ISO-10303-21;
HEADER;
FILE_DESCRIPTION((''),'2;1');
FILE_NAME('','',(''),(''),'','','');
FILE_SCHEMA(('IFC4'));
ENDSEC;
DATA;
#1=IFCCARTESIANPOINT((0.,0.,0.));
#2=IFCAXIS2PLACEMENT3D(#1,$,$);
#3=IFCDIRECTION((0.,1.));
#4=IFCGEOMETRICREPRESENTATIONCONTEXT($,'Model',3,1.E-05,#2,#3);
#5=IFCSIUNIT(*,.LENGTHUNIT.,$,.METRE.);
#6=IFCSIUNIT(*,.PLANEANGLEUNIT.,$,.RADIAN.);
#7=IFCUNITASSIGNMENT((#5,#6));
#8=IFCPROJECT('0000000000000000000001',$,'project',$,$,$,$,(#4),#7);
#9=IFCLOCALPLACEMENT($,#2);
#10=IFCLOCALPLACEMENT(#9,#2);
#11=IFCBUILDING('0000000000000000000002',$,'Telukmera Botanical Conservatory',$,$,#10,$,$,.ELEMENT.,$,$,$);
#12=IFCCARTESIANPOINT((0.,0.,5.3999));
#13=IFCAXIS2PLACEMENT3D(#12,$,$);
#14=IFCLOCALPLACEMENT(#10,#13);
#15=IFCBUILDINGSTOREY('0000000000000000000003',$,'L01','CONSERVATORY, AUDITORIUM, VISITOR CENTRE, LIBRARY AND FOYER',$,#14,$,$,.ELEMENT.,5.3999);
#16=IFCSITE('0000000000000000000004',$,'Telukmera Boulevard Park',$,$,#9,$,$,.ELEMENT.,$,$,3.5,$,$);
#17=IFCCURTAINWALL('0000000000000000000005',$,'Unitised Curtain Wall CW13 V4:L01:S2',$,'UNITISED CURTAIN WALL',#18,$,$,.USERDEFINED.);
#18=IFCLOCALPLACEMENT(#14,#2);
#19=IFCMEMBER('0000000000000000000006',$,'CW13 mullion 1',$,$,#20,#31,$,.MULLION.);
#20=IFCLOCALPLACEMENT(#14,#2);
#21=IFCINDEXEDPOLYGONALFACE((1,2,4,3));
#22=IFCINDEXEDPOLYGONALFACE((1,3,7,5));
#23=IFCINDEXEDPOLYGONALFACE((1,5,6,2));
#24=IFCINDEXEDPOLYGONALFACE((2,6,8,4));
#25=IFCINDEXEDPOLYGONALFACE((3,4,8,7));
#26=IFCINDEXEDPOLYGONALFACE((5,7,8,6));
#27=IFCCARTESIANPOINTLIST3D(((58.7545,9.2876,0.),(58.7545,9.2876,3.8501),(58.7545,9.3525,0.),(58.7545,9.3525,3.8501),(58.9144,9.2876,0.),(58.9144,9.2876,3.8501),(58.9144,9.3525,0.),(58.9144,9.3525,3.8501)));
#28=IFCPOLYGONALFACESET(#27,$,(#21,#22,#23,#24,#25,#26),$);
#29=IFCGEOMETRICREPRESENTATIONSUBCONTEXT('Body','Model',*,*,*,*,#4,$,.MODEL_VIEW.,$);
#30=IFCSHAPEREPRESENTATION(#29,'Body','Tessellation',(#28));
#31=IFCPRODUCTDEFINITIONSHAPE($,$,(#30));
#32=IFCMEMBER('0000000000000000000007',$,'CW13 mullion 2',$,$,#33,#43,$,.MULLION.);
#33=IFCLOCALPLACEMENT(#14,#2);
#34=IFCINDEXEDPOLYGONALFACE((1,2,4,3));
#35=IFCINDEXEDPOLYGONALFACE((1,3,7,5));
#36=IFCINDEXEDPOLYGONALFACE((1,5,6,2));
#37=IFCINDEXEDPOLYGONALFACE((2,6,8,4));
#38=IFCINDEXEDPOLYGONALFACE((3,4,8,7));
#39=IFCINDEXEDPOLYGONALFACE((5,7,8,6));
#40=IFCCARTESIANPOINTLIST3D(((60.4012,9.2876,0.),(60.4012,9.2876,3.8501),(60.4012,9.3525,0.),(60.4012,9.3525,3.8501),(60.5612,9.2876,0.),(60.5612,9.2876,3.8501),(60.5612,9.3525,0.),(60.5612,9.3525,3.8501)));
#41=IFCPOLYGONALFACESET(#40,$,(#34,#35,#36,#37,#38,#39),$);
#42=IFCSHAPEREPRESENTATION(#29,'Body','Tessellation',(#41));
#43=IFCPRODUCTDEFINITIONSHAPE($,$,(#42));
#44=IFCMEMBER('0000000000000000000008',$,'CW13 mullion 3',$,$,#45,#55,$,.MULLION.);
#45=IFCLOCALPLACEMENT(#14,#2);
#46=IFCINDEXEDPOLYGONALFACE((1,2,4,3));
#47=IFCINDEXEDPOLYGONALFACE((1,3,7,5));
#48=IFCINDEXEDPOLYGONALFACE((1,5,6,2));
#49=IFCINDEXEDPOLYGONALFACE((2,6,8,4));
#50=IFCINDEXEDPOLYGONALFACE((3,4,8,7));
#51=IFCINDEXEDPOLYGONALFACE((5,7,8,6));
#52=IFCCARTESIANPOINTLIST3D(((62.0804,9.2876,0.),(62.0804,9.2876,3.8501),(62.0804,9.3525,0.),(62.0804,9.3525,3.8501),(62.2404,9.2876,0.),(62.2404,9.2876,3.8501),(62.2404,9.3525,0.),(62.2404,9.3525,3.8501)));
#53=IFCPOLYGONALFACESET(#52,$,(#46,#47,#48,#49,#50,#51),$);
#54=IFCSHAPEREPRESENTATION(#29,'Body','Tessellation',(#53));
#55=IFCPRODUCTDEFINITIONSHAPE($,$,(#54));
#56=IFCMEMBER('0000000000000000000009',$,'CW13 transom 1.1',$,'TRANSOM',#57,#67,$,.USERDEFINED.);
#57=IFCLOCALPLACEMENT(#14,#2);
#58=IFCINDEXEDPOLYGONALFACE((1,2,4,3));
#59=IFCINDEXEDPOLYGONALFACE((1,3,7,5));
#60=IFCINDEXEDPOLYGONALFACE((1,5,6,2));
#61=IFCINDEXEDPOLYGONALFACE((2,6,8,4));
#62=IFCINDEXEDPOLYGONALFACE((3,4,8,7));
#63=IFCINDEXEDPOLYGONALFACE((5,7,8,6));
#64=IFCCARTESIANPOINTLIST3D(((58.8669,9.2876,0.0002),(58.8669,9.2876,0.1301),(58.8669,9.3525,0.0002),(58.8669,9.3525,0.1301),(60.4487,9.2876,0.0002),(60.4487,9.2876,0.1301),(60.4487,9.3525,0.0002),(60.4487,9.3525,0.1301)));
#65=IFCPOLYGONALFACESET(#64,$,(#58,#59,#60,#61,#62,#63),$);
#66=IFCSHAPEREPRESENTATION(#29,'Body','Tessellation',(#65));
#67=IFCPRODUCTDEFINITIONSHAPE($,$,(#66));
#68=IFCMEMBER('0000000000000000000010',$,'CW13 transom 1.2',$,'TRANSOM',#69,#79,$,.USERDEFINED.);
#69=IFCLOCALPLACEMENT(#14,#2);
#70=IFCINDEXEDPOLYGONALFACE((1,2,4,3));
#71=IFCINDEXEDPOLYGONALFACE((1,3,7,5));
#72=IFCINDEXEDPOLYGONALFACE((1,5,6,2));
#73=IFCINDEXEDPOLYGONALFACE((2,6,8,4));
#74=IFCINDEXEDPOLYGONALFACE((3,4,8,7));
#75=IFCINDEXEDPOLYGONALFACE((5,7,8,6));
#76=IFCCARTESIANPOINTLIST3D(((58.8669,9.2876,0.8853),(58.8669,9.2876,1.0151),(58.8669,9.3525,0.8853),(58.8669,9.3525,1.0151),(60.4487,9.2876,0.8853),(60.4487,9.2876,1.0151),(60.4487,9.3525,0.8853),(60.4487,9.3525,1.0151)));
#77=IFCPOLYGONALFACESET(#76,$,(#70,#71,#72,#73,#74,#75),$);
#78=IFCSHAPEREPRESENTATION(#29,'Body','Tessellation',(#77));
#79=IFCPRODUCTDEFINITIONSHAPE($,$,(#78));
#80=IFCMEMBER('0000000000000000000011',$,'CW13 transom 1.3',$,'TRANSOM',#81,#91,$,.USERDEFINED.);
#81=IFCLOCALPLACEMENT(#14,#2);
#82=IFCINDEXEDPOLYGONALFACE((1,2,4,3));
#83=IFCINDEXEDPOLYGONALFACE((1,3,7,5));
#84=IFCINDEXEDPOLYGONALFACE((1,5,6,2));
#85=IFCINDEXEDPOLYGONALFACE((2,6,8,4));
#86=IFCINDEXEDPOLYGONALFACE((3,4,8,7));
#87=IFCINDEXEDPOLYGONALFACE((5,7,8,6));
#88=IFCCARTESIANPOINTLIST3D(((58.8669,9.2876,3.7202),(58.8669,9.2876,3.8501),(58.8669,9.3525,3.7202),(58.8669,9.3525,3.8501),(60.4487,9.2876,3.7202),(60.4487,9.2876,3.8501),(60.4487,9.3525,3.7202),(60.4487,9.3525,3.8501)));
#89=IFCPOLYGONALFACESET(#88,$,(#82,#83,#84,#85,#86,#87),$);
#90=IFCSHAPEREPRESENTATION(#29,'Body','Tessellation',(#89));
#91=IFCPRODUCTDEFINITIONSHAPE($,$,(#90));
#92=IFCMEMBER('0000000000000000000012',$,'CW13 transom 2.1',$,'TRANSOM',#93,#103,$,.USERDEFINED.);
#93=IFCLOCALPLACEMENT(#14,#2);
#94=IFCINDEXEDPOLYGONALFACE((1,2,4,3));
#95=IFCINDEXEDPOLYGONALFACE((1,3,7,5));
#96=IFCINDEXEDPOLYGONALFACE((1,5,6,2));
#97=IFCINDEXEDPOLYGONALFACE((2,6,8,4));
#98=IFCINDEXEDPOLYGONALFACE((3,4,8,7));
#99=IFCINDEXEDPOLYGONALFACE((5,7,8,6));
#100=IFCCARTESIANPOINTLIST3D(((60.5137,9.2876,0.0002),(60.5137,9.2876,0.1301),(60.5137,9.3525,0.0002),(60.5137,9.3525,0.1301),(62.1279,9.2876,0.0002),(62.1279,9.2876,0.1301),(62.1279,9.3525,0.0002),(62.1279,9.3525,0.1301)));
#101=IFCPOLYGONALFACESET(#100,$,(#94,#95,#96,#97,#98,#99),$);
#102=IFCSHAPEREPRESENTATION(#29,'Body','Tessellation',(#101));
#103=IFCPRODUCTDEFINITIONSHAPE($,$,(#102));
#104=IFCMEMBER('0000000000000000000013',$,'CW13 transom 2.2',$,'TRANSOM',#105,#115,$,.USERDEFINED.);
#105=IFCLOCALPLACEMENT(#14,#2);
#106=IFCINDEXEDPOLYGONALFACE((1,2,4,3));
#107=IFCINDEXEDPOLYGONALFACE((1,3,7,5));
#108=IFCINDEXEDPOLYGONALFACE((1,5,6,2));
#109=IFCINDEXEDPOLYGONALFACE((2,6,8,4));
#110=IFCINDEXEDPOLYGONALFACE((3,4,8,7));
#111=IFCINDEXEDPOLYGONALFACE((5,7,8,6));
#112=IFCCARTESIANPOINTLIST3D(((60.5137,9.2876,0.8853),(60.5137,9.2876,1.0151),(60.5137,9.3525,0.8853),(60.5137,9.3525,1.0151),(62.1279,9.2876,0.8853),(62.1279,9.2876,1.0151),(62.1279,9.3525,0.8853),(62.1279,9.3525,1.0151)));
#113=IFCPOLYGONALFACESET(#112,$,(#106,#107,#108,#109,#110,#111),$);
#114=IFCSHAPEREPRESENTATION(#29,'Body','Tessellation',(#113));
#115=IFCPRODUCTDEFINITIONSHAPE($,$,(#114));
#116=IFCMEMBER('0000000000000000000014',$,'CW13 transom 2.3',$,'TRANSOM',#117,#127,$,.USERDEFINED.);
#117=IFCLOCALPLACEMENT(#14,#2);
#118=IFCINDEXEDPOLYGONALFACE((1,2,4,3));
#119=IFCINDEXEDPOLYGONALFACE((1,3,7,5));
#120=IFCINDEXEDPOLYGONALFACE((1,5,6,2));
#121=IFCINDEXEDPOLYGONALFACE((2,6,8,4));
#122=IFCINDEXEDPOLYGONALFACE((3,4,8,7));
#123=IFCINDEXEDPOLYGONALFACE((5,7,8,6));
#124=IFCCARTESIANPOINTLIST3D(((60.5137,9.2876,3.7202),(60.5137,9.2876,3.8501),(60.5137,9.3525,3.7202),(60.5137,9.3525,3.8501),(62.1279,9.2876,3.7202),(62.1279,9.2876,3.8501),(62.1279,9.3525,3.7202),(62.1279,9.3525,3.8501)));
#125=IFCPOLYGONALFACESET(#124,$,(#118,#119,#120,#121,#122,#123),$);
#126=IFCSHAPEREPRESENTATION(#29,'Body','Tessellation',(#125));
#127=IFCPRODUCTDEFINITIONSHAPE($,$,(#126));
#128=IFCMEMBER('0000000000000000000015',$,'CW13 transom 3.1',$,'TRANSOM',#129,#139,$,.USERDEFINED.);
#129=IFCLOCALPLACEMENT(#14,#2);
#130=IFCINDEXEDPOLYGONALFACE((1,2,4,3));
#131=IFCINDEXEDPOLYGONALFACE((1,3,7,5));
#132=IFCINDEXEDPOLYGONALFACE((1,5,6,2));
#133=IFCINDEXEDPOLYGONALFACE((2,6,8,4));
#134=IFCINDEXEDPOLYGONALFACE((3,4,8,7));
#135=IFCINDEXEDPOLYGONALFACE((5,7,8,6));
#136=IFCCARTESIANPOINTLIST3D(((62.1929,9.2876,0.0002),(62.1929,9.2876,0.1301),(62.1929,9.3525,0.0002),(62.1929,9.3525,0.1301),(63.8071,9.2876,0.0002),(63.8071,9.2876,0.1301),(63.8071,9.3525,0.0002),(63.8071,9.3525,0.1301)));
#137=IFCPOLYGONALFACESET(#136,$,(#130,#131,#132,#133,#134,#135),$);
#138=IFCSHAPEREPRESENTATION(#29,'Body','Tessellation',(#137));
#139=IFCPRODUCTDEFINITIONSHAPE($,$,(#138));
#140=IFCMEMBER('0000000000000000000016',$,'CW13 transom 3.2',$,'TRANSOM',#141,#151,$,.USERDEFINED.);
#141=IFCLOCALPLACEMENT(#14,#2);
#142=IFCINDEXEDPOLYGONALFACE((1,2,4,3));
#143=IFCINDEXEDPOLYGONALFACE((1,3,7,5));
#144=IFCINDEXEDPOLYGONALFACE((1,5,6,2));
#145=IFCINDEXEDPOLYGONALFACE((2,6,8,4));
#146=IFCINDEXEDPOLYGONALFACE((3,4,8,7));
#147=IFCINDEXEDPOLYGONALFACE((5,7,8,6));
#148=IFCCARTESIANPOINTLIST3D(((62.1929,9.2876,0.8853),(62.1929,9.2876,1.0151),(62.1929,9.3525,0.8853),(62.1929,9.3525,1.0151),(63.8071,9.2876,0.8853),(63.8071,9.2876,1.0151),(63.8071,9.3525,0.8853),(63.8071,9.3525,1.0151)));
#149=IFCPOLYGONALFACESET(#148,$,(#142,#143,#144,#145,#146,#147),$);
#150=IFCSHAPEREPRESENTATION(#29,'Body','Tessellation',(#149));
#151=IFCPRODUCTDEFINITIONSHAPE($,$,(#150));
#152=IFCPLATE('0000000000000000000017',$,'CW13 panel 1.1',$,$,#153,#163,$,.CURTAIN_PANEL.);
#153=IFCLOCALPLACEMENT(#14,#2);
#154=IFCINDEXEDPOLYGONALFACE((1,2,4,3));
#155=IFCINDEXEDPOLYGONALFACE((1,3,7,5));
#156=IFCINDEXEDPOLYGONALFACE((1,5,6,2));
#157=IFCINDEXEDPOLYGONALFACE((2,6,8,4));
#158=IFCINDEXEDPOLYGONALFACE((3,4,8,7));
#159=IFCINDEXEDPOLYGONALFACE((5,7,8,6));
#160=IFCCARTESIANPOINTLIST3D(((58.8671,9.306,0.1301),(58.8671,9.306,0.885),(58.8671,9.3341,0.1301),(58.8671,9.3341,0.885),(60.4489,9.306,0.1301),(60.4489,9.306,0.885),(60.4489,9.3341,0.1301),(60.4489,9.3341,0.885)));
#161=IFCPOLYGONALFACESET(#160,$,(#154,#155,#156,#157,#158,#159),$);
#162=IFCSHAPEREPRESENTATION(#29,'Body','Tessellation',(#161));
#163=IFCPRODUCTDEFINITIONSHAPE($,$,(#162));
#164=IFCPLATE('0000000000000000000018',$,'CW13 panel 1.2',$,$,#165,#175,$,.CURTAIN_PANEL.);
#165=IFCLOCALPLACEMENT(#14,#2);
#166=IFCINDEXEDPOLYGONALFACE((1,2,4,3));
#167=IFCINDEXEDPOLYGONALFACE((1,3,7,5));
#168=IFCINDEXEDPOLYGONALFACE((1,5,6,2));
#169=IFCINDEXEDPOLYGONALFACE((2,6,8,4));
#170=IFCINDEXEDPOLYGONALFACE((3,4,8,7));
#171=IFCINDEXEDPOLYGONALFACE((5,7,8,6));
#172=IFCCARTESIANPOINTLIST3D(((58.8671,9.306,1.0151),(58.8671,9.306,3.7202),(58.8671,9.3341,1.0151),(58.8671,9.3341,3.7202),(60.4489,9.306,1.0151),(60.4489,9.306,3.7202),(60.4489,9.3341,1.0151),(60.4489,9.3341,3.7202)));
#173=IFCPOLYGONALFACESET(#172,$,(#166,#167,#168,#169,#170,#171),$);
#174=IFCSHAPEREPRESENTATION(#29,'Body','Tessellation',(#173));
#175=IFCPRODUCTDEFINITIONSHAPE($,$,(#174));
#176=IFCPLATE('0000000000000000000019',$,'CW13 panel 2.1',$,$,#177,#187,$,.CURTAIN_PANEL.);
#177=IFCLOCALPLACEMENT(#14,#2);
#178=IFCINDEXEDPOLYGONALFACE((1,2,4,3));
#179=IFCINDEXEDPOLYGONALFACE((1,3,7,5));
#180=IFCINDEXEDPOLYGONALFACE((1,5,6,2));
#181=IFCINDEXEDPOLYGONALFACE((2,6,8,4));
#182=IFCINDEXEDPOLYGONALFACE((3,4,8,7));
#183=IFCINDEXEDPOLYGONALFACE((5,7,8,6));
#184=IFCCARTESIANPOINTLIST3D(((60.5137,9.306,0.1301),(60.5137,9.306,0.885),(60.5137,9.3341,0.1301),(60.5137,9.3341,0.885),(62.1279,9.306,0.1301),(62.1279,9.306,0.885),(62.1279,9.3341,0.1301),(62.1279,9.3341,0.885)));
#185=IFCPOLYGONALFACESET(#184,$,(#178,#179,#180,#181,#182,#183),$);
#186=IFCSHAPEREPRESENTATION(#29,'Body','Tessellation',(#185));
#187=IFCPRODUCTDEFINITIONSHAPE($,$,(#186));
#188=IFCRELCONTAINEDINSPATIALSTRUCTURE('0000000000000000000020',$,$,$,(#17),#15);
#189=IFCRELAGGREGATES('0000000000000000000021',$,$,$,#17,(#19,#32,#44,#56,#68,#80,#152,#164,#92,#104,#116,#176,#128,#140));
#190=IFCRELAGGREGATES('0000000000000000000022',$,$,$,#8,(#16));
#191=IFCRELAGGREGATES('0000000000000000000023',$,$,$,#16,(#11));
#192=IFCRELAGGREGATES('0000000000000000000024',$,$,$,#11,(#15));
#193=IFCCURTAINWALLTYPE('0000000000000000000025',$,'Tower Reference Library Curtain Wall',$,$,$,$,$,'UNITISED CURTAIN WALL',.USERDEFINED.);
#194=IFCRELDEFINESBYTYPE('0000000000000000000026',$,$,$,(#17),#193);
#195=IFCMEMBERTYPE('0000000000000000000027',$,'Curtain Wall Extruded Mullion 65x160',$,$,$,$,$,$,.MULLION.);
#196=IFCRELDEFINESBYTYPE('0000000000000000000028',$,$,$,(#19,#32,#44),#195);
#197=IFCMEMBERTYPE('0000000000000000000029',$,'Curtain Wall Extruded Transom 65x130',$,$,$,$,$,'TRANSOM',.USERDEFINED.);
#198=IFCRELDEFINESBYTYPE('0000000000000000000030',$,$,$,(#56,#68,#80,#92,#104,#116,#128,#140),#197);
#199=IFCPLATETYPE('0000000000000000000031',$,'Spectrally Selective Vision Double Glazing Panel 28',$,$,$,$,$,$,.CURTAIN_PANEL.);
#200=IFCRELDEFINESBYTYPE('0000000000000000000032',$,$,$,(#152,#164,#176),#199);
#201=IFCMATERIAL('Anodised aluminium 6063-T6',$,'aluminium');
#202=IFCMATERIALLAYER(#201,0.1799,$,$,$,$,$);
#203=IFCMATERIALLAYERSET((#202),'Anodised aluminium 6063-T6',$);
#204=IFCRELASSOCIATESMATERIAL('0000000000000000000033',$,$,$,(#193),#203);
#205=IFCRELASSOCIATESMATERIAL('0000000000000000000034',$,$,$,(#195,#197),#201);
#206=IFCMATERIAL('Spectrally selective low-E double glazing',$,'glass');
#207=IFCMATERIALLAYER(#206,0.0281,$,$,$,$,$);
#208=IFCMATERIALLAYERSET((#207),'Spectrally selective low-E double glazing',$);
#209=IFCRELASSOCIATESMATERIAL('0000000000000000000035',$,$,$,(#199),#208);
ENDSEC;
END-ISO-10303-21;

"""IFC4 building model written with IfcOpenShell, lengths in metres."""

from ifc_helpers import new_model, si_unit, direction, frame, origin, origin_2d, place, context, subcontext, project, spatial, rectangle, extrude, material, layer, layer_set, material_profile, profile_set, type_object, element, aggregate, save


model = new_model("IFC4")

# Units and contexts
model_context = context("Model", 3, precision=1e-05, world=origin(), true_north=direction((0.0, 1.0)))
body_context = subcontext(model_context, "Body", "Model", "MODEL_VIEW")
ifc_project = project(units=[si_unit("LENGTHUNIT", "METRE"), si_unit("PLANEANGLEUNIT", "RADIAN")], contexts=[model_context])

# Site, building, storey
site_placement = place(None, origin())
site = spatial("IfcSite", under=ifc_project, at=site_placement, Name="Telukmera Boulevard Park", CompositionType="ELEMENT", RefElevation=3.5)
building_placement = place(site_placement, origin())
building = spatial("IfcBuilding", under=site, at=building_placement, Name="Telukmera Botanical Conservatory", CompositionType="ELEMENT")
storey_placement = place(building_placement, frame((0.0, 0.0, 5.3999)))
storey = spatial("IfcBuildingStorey", under=building, at=storey_placement, Name="L01", Description="CONSERVATORY, AUDITORIUM, VISITOR CENTRE, LIBRARY AND FOYER", CompositionType="ELEMENT", Elevation=5.3999)

# Curtain wall, members, plates
ifc_material_1 = material(Name="Anodised aluminium 6063-T6", Category="aluminium")
ifc_layer_1 = layer(ifc_material_1, 0.1799)
ifc_layer_set_1 = layer_set([ifc_layer_1], Name="Anodised aluminium 6063-T6")
curtain_wall_type = type_object("IfcCurtainWallType", Name="Tower Reference Library Curtain Wall", ElementType="UNITISED CURTAIN WALL", PredefinedType="USERDEFINED", material=ifc_layer_set_1)
curtain_wall_placement = place(storey_placement, origin())
curtain_wall = element("IfcCurtainWall", 1, at=curtain_wall_placement, inside=storey, type_object=curtain_wall_type, Name="Unitised Curtain Wall CW13 V4:L01:S2", ObjectType="UNITISED CURTAIN WALL", PredefinedType="USERDEFINED")
ifc_material_profile_1 = material_profile(ifc_material_1, rectangle(XDim=0.0649, YDim=0.1599, at=origin_2d()), Name="ALU MULL 65x160")
ifc_profile_set_1 = profile_set([ifc_material_profile_1], Name="Anodised aluminium 6063-T6")
member_type_1 = type_object("IfcMemberType", Name="Curtain Wall Extruded Mullion 65x160", PredefinedType="MULLION", material=ifc_profile_set_1)
member_1_placement = place(storey_placement, frame((58.8345, 9.3201, 0.0), z_axis=(0.0, 0.0, 1.0), x_axis=(0.0, 1.0, 0.0)))
member_1 = element("IfcMember", 2, at=member_1_placement, type_object=member_type_1, Name="CW13 mullion 1", PredefinedType="MULLION", context=body_context, shape_type="SweptSolid", body=[
    extrude(rectangle(XDim=0.0649, YDim=0.1599, at=origin_2d()), origin(), (0.0, 0.0, 1.0), 3.8501),
])
member_2_placement = place(storey_placement, frame((60.4812, 9.3201, 0.0), z_axis=(0.0, 0.0, 1.0), x_axis=(0.0, 1.0, 0.0)))
member_2 = element("IfcMember", 3, at=member_2_placement, type_object=member_type_1, Name="CW13 mullion 2", PredefinedType="MULLION", context=body_context, shape_type="SweptSolid", body=[
    extrude(rectangle(XDim=0.0649, YDim=0.1599, at=origin_2d()), origin(), (0.0, 0.0, 1.0), 3.8501),
])
member_3_placement = place(storey_placement, frame((62.1604, 9.3201, 0.0), z_axis=(0.0, 0.0, 1.0), x_axis=(0.0, 1.0, 0.0)))
member_3 = element("IfcMember", 4, at=member_3_placement, type_object=member_type_1, Name="CW13 mullion 3", PredefinedType="MULLION", context=body_context, shape_type="SweptSolid", body=[
    extrude(rectangle(XDim=0.0649, YDim=0.1599, at=origin_2d()), origin(), (0.0, 0.0, 1.0), 3.8501),
])
ifc_material_profile_2 = material_profile(ifc_material_1, rectangle(XDim=0.0649, YDim=0.1299, at=origin_2d()), Name="ALU TRAN 65x130")
ifc_profile_set_2 = profile_set([ifc_material_profile_2], Name="Anodised aluminium 6063-T6")
member_type_2 = type_object("IfcMemberType", Name="Curtain Wall Extruded Transom 65x130", ElementType="TRANSOM", PredefinedType="USERDEFINED", material=ifc_profile_set_2)
member_4_placement = place(storey_placement, frame((58.8669, 9.3201, 0.0652), z_axis=(1.0, 0.0, 0.0), x_axis=(0.0, 1.0, 0.0)))
member_4 = element("IfcMember", 5, at=member_4_placement, type_object=member_type_2, Name="CW13 transom 1.1", ObjectType="TRANSOM", PredefinedType="USERDEFINED", context=body_context, shape_type="SweptSolid", body=[
    extrude(rectangle(XDim=0.0649, YDim=0.1299, at=origin_2d()), origin(), (0.0, 0.0, 1.0), 1.5818),
])
member_5_placement = place(storey_placement, frame((58.8669, 9.3201, 0.9502), z_axis=(1.0, 0.0, 0.0), x_axis=(0.0, 1.0, 0.0)))
member_5 = element("IfcMember", 6, at=member_5_placement, type_object=member_type_2, Name="CW13 transom 1.2", ObjectType="TRANSOM", PredefinedType="USERDEFINED", context=body_context, shape_type="SweptSolid", body=[
    extrude(rectangle(XDim=0.0649, YDim=0.1299, at=origin_2d()), origin(), (0.0, 0.0, 1.0), 1.5818),
])
member_6_placement = place(storey_placement, frame((58.8669, 9.3201, 3.7852), z_axis=(1.0, 0.0, 0.0), x_axis=(0.0, 1.0, 0.0)))
member_6 = element("IfcMember", 7, at=member_6_placement, type_object=member_type_2, Name="CW13 transom 1.3", ObjectType="TRANSOM", PredefinedType="USERDEFINED", context=body_context, shape_type="SweptSolid", body=[
    extrude(rectangle(XDim=0.0649, YDim=0.1299, at=origin_2d()), origin(), (0.0, 0.0, 1.0), 1.5818),
])
member_7_placement = place(storey_placement, frame((60.5137, 9.3201, 0.0652), z_axis=(1.0, 0.0, 0.0), x_axis=(0.0, 1.0, 0.0)))
member_7 = element("IfcMember", 8, at=member_7_placement, type_object=member_type_2, Name="CW13 transom 2.1", ObjectType="TRANSOM", PredefinedType="USERDEFINED", context=body_context, shape_type="SweptSolid", body=[
    extrude(rectangle(XDim=0.0649, YDim=0.1299, at=origin_2d()), origin(), (0.0, 0.0, 1.0), 1.6143),
])
member_8_placement = place(storey_placement, frame((60.5137, 9.3201, 0.9502), z_axis=(1.0, 0.0, 0.0), x_axis=(0.0, 1.0, 0.0)))
member_8 = element("IfcMember", 9, at=member_8_placement, type_object=member_type_2, Name="CW13 transom 2.2", ObjectType="TRANSOM", PredefinedType="USERDEFINED", context=body_context, shape_type="SweptSolid", body=[
    extrude(rectangle(XDim=0.0649, YDim=0.1299, at=origin_2d()), origin(), (0.0, 0.0, 1.0), 1.6143),
])
member_9_placement = place(storey_placement, frame((60.5137, 9.3201, 3.7852), z_axis=(1.0, 0.0, 0.0), x_axis=(0.0, 1.0, 0.0)))
member_9 = element("IfcMember", 10, at=member_9_placement, type_object=member_type_2, Name="CW13 transom 2.3", ObjectType="TRANSOM", PredefinedType="USERDEFINED", context=body_context, shape_type="SweptSolid", body=[
    extrude(rectangle(XDim=0.0649, YDim=0.1299, at=origin_2d()), origin(), (0.0, 0.0, 1.0), 1.6143),
])
member_10_placement = place(storey_placement, frame((62.1929, 9.3201, 0.0652), z_axis=(1.0, 0.0, 0.0), x_axis=(0.0, 1.0, 0.0)))
member_10 = element("IfcMember", 11, at=member_10_placement, type_object=member_type_2, Name="CW13 transom 3.1", ObjectType="TRANSOM", PredefinedType="USERDEFINED", context=body_context, shape_type="SweptSolid", body=[
    extrude(rectangle(XDim=0.0649, YDim=0.1299, at=origin_2d()), origin(), (0.0, 0.0, 1.0), 1.6143),
])
member_11_placement = place(storey_placement, frame((62.1929, 9.3201, 0.9502), z_axis=(1.0, 0.0, 0.0), x_axis=(0.0, 1.0, 0.0)))
member_11 = element("IfcMember", 12, at=member_11_placement, type_object=member_type_2, Name="CW13 transom 3.2", ObjectType="TRANSOM", PredefinedType="USERDEFINED", context=body_context, shape_type="SweptSolid", body=[
    extrude(rectangle(XDim=0.0649, YDim=0.1299, at=origin_2d()), origin(), (0.0, 0.0, 1.0), 1.6143),
])
ifc_material_2 = material(Name="Spectrally selective low-E double glazing", Category="glass")
ifc_layer_2 = layer(ifc_material_2, 0.0281)
ifc_layer_set_2 = layer_set([ifc_layer_2], Name="Spectrally selective low-E double glazing")
plate_type = type_object("IfcPlateType", Name="Spectrally Selective Vision Double Glazing Panel 28", PredefinedType="CURTAIN_PANEL", material=ifc_layer_set_2)
plate_1_placement = place(storey_placement, frame((59.658, 9.3201, 0.1301), z_axis=(0.0, 0.0, 1.0), x_axis=(1.0, 0.0, 0.0)))
plate_1 = element("IfcPlate", 13, at=plate_1_placement, type_object=plate_type, Name="CW13 panel 1.1", PredefinedType="CURTAIN_PANEL", context=body_context, shape_type="SweptSolid", body=[
    extrude(rectangle(XDim=1.5818, YDim=0.0281, at=origin_2d()), origin(), (0.0, 0.0, 1.0), 0.7549),
])
plate_2_placement = place(storey_placement, frame((59.658, 9.3201, 1.0151), z_axis=(0.0, 0.0, 1.0), x_axis=(1.0, 0.0, 0.0)))
plate_2 = element("IfcPlate", 14, at=plate_2_placement, type_object=plate_type, Name="CW13 panel 1.2", PredefinedType="CURTAIN_PANEL", context=body_context, shape_type="SweptSolid", body=[
    extrude(rectangle(XDim=1.5818, YDim=0.0281, at=origin_2d()), origin(), (0.0, 0.0, 1.0), 2.7051),
])
plate_3_placement = place(storey_placement, frame((61.3208, 9.3201, 0.1301), z_axis=(0.0, 0.0, 1.0), x_axis=(1.0, 0.0, 0.0)))
plate_3 = element("IfcPlate", 15, at=plate_3_placement, type_object=plate_type, Name="CW13 panel 2.1", PredefinedType="CURTAIN_PANEL", context=body_context, shape_type="SweptSolid", body=[
    extrude(rectangle(XDim=1.6143, YDim=0.0281, at=origin_2d()), origin(), (0.0, 0.0, 1.0), 0.7549),
])
aggregate(curtain_wall, [member_1, member_2, member_3, member_4, member_5, member_6, plate_1, plate_2, member_7, member_8, member_9, plate_3, member_10, member_11])

save(model, "model.ifc")
